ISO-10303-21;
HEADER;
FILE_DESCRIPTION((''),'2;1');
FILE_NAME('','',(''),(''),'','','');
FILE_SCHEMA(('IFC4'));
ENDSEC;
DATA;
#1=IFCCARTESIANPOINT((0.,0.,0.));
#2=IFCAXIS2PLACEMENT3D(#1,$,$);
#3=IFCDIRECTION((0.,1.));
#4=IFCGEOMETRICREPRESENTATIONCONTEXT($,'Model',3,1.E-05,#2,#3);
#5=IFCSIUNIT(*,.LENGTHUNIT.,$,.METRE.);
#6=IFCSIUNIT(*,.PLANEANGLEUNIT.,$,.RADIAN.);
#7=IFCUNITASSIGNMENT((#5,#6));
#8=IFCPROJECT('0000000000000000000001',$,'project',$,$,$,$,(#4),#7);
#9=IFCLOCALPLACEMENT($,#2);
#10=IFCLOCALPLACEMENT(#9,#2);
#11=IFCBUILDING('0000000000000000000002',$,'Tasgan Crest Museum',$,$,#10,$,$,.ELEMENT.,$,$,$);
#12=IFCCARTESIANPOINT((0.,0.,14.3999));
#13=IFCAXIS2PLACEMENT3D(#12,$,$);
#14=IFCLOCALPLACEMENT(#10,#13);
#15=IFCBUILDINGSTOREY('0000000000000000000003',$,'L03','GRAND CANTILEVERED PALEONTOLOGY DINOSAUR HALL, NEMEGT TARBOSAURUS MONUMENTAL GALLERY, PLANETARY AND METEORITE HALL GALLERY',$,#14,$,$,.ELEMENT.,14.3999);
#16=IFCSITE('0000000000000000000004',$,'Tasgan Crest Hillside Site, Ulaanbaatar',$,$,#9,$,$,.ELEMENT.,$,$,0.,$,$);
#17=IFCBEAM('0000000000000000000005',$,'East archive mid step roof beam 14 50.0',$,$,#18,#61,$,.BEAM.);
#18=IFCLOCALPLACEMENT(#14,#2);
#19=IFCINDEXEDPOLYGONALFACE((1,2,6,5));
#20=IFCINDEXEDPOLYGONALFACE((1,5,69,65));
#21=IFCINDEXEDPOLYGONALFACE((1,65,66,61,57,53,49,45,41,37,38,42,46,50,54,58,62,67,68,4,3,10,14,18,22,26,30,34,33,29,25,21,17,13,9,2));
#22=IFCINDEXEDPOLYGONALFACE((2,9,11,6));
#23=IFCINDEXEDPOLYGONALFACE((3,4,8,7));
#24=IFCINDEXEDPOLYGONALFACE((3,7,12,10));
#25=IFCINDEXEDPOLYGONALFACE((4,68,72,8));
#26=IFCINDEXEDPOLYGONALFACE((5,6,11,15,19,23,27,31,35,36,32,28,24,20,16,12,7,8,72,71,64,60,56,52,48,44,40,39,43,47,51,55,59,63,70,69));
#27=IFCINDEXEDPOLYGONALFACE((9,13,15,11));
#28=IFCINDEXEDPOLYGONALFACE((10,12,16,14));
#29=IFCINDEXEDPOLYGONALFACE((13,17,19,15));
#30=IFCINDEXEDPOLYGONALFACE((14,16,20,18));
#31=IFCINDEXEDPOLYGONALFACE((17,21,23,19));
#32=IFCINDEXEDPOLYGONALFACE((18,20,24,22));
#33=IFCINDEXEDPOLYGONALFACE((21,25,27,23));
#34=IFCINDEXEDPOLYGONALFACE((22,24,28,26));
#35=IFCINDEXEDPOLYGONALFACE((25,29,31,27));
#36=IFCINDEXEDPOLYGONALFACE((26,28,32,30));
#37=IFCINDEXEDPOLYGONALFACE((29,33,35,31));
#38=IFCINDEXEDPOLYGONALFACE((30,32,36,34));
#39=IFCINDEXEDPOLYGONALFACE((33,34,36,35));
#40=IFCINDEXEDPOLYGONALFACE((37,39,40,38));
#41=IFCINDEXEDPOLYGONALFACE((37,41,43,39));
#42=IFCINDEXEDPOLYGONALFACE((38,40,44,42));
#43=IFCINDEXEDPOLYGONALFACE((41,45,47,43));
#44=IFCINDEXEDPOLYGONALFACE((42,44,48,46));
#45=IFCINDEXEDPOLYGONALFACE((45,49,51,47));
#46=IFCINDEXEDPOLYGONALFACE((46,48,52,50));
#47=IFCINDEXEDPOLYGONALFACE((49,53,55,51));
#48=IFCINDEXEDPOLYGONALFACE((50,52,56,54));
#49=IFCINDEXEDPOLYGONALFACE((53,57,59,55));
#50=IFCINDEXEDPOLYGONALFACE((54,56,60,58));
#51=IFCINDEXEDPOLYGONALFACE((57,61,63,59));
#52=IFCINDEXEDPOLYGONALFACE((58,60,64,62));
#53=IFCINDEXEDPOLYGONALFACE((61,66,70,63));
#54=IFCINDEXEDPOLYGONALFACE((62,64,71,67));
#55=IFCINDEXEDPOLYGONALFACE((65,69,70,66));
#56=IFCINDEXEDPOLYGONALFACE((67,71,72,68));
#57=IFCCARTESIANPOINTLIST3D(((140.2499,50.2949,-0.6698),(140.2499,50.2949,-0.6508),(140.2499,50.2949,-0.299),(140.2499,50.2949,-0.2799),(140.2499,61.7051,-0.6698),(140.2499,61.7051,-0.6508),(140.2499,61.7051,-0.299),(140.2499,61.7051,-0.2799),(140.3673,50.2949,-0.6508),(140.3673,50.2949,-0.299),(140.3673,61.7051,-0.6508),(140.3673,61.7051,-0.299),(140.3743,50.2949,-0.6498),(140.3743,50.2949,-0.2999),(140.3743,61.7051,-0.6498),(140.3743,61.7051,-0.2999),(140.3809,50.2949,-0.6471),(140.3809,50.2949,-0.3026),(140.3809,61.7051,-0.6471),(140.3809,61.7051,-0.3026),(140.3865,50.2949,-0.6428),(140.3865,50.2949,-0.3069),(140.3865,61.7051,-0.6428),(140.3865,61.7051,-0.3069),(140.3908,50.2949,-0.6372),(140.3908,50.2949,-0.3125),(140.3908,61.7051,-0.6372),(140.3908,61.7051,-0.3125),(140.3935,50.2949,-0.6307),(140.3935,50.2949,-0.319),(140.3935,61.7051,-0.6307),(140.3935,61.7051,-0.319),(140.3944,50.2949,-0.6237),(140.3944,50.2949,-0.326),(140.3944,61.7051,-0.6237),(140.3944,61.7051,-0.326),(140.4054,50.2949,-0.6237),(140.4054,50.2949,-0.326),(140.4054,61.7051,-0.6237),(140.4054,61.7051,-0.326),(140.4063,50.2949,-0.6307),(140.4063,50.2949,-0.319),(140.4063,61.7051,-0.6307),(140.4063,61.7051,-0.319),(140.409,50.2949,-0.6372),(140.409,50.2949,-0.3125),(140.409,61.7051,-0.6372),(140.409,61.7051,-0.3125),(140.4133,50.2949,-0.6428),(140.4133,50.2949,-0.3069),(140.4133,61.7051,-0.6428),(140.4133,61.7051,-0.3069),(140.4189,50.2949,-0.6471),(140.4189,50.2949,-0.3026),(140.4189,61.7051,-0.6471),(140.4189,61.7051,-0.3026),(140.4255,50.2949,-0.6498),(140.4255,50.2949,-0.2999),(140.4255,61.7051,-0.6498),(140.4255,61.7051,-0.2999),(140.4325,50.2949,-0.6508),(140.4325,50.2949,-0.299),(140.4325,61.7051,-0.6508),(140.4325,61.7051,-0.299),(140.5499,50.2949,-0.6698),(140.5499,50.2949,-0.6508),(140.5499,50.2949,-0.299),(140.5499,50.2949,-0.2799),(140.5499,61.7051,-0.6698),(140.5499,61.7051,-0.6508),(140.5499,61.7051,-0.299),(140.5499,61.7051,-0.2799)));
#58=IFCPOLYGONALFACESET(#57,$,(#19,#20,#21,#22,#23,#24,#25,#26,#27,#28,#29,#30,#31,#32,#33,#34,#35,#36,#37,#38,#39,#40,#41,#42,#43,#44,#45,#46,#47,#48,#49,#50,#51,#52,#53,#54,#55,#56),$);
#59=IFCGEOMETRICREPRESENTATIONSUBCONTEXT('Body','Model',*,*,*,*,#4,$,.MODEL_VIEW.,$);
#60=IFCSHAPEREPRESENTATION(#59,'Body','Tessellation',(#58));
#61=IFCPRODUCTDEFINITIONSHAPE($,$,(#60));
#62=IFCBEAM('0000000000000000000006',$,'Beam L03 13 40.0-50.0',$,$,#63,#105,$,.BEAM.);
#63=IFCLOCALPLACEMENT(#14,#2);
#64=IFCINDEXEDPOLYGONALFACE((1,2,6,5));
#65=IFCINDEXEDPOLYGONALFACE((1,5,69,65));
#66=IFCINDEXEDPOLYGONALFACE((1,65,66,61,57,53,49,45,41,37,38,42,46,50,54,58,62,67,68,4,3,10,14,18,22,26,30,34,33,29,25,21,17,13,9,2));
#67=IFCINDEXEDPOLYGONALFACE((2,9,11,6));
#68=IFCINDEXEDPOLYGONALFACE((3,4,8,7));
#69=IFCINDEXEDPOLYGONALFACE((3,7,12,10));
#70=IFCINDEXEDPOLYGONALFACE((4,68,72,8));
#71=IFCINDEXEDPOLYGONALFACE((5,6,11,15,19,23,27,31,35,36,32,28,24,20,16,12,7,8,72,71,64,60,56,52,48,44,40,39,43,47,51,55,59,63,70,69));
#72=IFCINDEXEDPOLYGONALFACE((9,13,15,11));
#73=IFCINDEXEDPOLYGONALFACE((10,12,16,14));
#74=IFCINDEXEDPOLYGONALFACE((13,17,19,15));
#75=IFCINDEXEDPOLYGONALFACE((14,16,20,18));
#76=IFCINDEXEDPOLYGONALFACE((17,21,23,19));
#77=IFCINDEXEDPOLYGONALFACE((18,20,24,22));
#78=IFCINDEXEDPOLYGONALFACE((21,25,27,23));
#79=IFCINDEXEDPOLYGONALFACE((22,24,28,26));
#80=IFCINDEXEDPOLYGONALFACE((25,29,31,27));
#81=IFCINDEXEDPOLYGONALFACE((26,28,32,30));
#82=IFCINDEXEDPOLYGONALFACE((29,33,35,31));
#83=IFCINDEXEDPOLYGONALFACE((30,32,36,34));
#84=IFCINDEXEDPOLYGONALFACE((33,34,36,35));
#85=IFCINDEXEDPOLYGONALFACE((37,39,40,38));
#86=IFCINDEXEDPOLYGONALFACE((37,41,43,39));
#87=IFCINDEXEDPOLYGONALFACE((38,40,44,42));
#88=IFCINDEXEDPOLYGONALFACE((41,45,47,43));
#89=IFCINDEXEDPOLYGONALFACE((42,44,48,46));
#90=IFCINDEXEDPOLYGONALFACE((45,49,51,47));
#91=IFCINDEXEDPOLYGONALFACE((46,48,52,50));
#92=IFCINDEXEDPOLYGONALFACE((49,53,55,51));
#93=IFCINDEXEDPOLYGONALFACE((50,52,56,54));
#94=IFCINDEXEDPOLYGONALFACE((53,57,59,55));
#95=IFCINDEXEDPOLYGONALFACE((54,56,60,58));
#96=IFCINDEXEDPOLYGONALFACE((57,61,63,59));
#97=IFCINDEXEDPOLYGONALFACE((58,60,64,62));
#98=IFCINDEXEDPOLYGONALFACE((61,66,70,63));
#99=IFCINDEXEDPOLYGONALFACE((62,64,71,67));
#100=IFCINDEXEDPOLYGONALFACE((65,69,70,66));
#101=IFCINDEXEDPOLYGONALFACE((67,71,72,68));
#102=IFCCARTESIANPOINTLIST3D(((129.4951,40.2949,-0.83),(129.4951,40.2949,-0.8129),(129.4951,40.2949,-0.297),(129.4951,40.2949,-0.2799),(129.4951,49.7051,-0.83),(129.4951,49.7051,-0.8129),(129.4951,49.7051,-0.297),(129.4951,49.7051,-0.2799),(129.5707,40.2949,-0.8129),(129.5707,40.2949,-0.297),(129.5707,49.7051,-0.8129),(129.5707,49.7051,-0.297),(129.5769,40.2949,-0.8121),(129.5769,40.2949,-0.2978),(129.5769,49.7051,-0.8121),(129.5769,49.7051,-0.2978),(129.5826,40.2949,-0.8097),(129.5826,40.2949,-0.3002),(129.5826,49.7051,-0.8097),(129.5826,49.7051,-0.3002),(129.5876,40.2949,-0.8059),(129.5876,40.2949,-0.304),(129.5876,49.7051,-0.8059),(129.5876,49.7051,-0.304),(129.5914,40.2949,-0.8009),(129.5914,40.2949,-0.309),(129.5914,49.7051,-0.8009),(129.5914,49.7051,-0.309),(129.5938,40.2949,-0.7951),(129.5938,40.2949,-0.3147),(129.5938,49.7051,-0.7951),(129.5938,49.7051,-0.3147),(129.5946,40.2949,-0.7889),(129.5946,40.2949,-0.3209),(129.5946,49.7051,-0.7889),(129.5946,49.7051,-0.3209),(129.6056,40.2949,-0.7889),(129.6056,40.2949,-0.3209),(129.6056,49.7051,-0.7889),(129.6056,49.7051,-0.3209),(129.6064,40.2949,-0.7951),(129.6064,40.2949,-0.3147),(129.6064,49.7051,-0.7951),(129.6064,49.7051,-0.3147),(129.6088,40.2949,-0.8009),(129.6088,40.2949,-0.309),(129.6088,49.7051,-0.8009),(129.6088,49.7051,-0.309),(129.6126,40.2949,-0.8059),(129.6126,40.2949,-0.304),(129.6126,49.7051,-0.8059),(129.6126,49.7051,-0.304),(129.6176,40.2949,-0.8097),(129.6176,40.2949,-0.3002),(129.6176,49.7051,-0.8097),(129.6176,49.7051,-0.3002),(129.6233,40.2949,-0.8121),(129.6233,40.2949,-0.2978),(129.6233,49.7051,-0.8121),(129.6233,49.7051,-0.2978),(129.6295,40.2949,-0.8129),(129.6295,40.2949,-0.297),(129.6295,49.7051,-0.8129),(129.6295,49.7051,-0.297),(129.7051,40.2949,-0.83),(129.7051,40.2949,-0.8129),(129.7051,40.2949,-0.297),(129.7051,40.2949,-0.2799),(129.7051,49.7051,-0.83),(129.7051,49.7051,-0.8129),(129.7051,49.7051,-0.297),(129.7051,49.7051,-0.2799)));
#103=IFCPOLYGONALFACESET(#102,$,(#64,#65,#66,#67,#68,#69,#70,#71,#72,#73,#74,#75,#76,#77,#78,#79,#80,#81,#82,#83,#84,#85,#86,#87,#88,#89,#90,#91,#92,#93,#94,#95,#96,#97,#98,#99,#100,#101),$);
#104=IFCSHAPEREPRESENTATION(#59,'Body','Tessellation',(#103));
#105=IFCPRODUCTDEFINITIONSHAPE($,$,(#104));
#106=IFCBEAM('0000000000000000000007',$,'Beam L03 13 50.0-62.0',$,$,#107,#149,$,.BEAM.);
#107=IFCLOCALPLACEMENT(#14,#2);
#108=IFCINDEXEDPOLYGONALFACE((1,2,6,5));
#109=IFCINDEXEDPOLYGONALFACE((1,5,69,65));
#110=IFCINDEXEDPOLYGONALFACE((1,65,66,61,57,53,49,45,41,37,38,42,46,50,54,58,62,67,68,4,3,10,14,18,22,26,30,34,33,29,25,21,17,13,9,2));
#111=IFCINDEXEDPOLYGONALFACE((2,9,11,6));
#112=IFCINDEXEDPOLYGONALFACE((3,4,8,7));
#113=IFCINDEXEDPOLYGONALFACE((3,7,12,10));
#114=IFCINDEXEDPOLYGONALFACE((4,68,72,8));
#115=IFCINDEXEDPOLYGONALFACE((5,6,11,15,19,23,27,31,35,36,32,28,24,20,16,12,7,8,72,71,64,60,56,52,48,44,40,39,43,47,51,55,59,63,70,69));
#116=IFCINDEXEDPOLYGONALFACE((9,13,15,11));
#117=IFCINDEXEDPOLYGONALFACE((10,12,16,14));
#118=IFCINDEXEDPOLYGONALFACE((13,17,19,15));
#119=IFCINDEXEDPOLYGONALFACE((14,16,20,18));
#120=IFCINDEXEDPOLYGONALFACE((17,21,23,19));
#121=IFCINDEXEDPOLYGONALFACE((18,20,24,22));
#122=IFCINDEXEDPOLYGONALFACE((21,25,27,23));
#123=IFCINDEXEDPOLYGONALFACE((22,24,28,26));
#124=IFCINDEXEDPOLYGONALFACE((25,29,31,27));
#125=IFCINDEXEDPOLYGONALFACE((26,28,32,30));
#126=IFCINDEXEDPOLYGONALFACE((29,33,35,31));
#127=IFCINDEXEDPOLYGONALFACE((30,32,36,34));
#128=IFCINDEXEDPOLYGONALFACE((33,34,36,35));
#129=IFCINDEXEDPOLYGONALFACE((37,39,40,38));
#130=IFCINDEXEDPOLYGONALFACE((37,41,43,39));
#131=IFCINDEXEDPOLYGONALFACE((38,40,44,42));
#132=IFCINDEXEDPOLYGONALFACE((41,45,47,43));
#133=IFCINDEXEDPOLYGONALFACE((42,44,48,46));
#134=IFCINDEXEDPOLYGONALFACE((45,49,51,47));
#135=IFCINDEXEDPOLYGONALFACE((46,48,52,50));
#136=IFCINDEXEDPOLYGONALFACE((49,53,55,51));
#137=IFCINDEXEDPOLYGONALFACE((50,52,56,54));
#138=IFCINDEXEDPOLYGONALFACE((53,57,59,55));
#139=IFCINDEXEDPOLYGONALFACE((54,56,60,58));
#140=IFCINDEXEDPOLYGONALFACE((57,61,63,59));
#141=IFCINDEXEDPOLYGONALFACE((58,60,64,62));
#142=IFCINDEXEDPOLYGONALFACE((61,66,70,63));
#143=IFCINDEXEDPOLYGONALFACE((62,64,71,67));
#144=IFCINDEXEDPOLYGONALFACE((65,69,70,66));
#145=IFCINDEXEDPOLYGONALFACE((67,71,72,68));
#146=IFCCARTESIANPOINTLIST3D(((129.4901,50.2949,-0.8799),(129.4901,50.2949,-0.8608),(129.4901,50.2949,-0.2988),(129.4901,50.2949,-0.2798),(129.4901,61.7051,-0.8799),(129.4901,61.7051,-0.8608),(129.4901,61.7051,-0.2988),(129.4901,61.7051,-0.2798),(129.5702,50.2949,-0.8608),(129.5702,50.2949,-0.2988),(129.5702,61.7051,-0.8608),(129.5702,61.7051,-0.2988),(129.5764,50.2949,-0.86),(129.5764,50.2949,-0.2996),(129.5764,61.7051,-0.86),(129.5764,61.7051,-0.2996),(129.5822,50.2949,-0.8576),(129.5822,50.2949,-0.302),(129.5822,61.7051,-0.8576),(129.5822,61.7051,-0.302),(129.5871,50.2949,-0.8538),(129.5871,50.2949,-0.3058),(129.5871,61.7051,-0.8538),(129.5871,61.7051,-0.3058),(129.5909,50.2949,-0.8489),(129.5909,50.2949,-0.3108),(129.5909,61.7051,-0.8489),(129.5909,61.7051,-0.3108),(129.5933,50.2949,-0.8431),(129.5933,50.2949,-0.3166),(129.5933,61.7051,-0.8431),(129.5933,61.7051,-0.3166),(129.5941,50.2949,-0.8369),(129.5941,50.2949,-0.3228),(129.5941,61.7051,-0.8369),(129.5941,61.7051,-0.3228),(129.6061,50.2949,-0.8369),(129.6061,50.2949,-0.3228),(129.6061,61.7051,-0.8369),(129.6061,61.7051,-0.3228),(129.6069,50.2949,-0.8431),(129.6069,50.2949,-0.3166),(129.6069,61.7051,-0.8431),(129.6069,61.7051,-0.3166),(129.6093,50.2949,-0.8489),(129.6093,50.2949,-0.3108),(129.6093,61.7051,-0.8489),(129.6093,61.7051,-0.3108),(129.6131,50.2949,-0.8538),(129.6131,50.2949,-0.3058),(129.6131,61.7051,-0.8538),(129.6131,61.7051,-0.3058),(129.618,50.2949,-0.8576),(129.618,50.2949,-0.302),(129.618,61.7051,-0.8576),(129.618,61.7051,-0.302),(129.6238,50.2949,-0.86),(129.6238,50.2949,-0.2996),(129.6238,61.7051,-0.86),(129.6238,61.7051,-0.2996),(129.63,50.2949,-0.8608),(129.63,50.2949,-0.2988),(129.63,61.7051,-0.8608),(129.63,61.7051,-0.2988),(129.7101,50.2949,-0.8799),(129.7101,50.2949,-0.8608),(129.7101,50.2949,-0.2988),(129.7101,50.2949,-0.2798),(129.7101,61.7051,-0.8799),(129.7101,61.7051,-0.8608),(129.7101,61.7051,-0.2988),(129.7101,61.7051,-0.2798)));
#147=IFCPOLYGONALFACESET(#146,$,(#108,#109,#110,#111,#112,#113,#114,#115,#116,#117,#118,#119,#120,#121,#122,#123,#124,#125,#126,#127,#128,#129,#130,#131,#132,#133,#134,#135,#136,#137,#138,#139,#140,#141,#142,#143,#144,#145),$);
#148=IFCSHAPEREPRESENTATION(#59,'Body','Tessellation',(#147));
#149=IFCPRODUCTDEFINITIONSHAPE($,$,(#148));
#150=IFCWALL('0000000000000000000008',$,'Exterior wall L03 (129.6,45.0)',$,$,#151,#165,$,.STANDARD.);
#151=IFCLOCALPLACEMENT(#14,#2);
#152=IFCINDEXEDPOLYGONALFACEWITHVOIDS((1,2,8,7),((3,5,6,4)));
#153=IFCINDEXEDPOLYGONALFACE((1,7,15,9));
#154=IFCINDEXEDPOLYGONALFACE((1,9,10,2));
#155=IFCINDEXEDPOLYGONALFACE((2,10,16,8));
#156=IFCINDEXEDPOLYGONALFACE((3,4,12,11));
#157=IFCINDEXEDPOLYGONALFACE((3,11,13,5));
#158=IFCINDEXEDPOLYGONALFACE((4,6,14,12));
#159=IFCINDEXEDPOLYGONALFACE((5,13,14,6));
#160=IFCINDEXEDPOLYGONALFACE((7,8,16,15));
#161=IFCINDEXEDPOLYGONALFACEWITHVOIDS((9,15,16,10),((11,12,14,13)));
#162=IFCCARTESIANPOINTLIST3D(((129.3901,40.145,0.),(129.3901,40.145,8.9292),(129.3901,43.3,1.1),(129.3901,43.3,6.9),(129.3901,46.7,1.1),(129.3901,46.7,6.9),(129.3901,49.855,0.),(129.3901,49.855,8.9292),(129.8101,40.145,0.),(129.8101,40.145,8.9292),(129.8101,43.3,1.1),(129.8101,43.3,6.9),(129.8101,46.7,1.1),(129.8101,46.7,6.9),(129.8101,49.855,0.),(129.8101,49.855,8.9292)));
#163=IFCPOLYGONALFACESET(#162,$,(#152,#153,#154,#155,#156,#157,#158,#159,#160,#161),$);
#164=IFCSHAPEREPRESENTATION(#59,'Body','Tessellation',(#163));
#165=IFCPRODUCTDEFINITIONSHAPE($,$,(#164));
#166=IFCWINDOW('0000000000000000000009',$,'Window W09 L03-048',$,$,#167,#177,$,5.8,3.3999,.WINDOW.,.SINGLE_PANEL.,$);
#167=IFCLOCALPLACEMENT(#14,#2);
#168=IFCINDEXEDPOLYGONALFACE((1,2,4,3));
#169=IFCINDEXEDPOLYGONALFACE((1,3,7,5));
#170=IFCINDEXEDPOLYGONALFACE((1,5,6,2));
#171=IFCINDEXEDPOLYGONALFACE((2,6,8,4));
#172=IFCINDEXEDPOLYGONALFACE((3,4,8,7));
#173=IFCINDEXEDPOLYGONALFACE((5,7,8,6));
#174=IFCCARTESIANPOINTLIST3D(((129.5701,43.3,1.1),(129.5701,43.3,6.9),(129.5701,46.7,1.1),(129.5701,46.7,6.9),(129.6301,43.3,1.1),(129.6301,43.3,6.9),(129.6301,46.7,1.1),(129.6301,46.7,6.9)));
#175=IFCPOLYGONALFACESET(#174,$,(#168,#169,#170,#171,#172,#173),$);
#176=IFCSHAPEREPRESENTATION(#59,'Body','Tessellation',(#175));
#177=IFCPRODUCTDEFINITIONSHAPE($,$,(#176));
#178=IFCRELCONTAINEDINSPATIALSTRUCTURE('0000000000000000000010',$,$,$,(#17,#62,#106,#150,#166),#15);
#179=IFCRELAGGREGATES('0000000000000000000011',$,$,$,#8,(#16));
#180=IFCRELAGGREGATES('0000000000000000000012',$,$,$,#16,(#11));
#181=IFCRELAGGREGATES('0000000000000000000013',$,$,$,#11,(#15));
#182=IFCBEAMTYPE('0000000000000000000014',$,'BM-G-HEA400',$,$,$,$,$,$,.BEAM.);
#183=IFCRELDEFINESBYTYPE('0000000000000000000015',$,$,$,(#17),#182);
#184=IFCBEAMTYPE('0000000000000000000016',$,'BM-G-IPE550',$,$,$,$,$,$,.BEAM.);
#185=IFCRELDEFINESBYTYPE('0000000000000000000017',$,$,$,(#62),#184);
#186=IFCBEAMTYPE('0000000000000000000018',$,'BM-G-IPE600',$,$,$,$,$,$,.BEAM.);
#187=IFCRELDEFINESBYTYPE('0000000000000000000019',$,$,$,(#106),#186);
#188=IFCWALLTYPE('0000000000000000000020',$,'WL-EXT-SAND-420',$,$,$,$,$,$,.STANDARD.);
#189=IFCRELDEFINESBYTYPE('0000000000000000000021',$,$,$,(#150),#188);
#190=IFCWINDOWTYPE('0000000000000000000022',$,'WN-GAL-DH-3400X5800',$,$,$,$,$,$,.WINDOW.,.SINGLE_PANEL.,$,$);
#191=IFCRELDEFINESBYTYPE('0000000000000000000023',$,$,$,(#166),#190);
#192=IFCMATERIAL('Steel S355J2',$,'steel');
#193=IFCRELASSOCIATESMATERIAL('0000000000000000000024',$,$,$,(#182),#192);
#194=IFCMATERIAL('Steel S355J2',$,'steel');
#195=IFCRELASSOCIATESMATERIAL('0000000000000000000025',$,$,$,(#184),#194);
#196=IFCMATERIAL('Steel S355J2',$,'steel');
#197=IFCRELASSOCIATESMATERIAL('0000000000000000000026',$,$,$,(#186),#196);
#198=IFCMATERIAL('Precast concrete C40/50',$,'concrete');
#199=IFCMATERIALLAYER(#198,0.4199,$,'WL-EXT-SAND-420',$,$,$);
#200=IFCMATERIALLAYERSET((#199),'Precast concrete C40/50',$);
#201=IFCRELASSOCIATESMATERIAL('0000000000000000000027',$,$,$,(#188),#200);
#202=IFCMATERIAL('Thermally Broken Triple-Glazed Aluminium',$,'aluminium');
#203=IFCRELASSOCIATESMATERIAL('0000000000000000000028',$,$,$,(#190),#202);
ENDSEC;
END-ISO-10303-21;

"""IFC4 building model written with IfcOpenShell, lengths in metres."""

from ifc_helpers import new_model, si_unit, direction, frame, frame_2d, origin, origin_2d, place, context, subcontext, project, spatial, rectangle, i_section, extrude, material, layer, layer_set, material_profile, profile_set, type_object, element, fill, save


model = new_model("IFC4")

# Units and contexts
model_context = context("Model", 3, precision=1e-05, world=origin(), true_north=direction((0.0, 1.0)))
body_context = subcontext(model_context, "Body", "Model", "MODEL_VIEW")
ifc_project = project(units=[si_unit("LENGTHUNIT", "METRE"), si_unit("PLANEANGLEUNIT", "RADIAN")], contexts=[model_context])

# Site, building, storey
site_placement = place(None, origin())
site = spatial("IfcSite", under=ifc_project, at=site_placement, Name="Tasgan Crest Hillside Site, Ulaanbaatar", CompositionType="ELEMENT", RefElevation=0.0)
building_placement = place(site_placement, origin())
building = spatial("IfcBuilding", under=site, at=building_placement, Name="Tasgan Crest Museum", CompositionType="ELEMENT")
storey_placement = place(building_placement, frame((0.0, 0.0, 14.3999)))
storey = spatial("IfcBuildingStorey", under=building, at=storey_placement, Name="L03", Description="GRAND CANTILEVERED PALEONTOLOGY DINOSAUR HALL, NEMEGT TARBOSAURUS MONUMENTAL GALLERY, PLANETARY AND METEORITE HALL GALLERY", CompositionType="ELEMENT", Elevation=14.3999)

# Beams
ifc_material_1 = material(Name="Steel S355J2", Category="steel")
ifc_material_profile_1 = material_profile(ifc_material_1, i_section(OverallWidth=0.3, OverallDepth=0.3899, WebThickness=0.011, FlangeThickness=0.019, FilletRadius=0.0271, at=origin_2d()), Name="HEA 400")
ifc_profile_set_1 = profile_set([ifc_material_profile_1], Name="Steel S355J2")
beam_type_1 = type_object("IfcBeamType", Name="BM-G-HEA400", PredefinedType="BEAM", material=ifc_profile_set_1)
beam_1_placement = place(storey_placement, frame((140.3999, 50.2949, -0.4749), z_axis=(0.0, 1.0, 0.0), x_axis=(-1.0, 0.0, 0.0)))
element("IfcBeam", 1, at=beam_1_placement, inside=storey, type_object=beam_type_1, Name="East archive mid step roof beam 14 50.0", PredefinedType="BEAM", context=body_context, shape_type="SweptSolid", body=[
    extrude(i_section(OverallWidth=0.3, OverallDepth=0.3899, WebThickness=0.011, FlangeThickness=0.019, FilletRadius=0.0271, at=origin_2d()), origin(), (0.0, 0.0, 1.0), 11.4102),
])
ifc_material_2 = material(Name="Steel S355J2", Category="steel")
ifc_material_profile_2 = material_profile(ifc_material_2, i_section(OverallWidth=0.21, OverallDepth=0.55, WebThickness=0.011, FlangeThickness=0.0171, FilletRadius=0.0239, at=origin_2d()), Name="IPE 550")
ifc_profile_set_2 = profile_set([ifc_material_profile_2], Name="Steel S355J2")
beam_type_2 = type_object("IfcBeamType", Name="BM-G-IPE550", PredefinedType="BEAM", material=ifc_profile_set_2)
beam_2_placement = place(storey_placement, frame((129.6001, 40.2949, -0.5549), z_axis=(0.0, 1.0, 0.0), x_axis=(-1.0, 0.0, 0.0)))
element("IfcBeam", 2, at=beam_2_placement, inside=storey, type_object=beam_type_2, Name="Beam L03 13 40.0-50.0", PredefinedType="BEAM", context=body_context, shape_type="SweptSolid", body=[
    extrude(i_section(OverallWidth=0.21, OverallDepth=0.55, WebThickness=0.011, FlangeThickness=0.0171, FilletRadius=0.0239, at=origin_2d()), origin(), (0.0, 0.0, 1.0), 9.4102),
])
ifc_material_3 = material(Name="Steel S355J2", Category="steel")
ifc_material_profile_3 = material_profile(ifc_material_3, i_section(OverallWidth=0.22, OverallDepth=0.6001, WebThickness=0.012, FlangeThickness=0.019, FilletRadius=0.0239, at=origin_2d()), Name="IPE 600")
ifc_profile_set_3 = profile_set([ifc_material_profile_3], Name="Steel S355J2")
beam_type_3 = type_object("IfcBeamType", Name="BM-G-IPE600", PredefinedType="BEAM", material=ifc_profile_set_3)
beam_3_placement = place(storey_placement, frame((129.6001, 50.2949, -0.5798), z_axis=(0.0, 1.0, 0.0), x_axis=(-1.0, 0.0, 0.0)))
element("IfcBeam", 3, at=beam_3_placement, inside=storey, type_object=beam_type_3, Name="Beam L03 13 50.0-62.0", PredefinedType="BEAM", context=body_context, shape_type="SweptSolid", body=[
    extrude(i_section(OverallWidth=0.22, OverallDepth=0.6001, WebThickness=0.012, FlangeThickness=0.019, FilletRadius=0.0239, at=origin_2d()), origin(), (0.0, 0.0, 1.0), 11.4102),
])

# Wall, opening, window
ifc_material_4 = material(Name="Precast concrete C40/50", Category="concrete")
ifc_layer_1 = layer(ifc_material_4, 0.4199, Name="WL-EXT-SAND-420")
ifc_layer_set_1 = layer_set([ifc_layer_1], Name="Precast concrete C40/50")
wall_type_1 = type_object("IfcWallType", Name="WL-EXT-SAND-420", PredefinedType="STANDARD", material=ifc_layer_set_1)
wall_1_placement = place(storey_placement, frame((129.6001, 40.145, 0.0), z_axis=(0.0, 0.0, 1.0), x_axis=(0.0, 1.0, 0.0)))
wall_1 = element("IfcWall", 4, at=wall_1_placement, inside=storey, type_object=wall_type_1, Name="Exterior wall L03 (129.6,45.0)", PredefinedType="STANDARD", context=body_context, shape_type="SweptSolid", body=[
    extrude(rectangle(XDim=9.71, YDim=0.4199, at=frame_2d((4.855, 0.0))), origin(), (0.0, 0.0, 1.0), 8.9292),
])
opening_1_placement = place(wall_1_placement, frame((3.155, 0.0, 1.1001)))
opening_1 = element("IfcOpeningElement", 5, at=opening_1_placement, cuts=wall_1, PredefinedType="OPENING", context=body_context, shape_type="SweptSolid", body=[
    extrude(rectangle(XDim=3.3999, YDim=5.8, at=frame_2d((1.7, 2.8999))), frame((0.0, 0.22, 0.0), z_axis=(0.0, -1.0, 0.0), x_axis=(1.0, 0.0, 0.0)), (0.0, 0.0, 1.0), 0.4399),
])
ifc_material_5 = material(Name="Thermally Broken Triple-Glazed Aluminium", Category="aluminium")
window_type = type_object("IfcWindowType", Name="WN-GAL-DH-3400X5800", PartitioningType="SINGLE_PANEL", PredefinedType="WINDOW", material=ifc_material_5)
window_1_placement = place(opening_1_placement, origin())
window_1 = element("IfcWindow", 6, at=window_1_placement, inside=storey, type_object=window_type, Name="Window W09 L03-048", OverallHeight=5.8, OverallWidth=3.3999, PartitioningType="SINGLE_PANEL", PredefinedType="WINDOW", context=body_context, shape_type="SweptSolid", body=[
    extrude(rectangle(XDim=3.3999, YDim=5.8, at=frame_2d((1.7, 2.8999))), frame((0.0, 0.03, 0.0), z_axis=(0.0, -1.0, 0.0), x_axis=(1.0, 0.0, 0.0)), (0.0, 0.0, 1.0), 0.0601),
])
fill(opening_1, window_1)

save(model, "model.ifc")
